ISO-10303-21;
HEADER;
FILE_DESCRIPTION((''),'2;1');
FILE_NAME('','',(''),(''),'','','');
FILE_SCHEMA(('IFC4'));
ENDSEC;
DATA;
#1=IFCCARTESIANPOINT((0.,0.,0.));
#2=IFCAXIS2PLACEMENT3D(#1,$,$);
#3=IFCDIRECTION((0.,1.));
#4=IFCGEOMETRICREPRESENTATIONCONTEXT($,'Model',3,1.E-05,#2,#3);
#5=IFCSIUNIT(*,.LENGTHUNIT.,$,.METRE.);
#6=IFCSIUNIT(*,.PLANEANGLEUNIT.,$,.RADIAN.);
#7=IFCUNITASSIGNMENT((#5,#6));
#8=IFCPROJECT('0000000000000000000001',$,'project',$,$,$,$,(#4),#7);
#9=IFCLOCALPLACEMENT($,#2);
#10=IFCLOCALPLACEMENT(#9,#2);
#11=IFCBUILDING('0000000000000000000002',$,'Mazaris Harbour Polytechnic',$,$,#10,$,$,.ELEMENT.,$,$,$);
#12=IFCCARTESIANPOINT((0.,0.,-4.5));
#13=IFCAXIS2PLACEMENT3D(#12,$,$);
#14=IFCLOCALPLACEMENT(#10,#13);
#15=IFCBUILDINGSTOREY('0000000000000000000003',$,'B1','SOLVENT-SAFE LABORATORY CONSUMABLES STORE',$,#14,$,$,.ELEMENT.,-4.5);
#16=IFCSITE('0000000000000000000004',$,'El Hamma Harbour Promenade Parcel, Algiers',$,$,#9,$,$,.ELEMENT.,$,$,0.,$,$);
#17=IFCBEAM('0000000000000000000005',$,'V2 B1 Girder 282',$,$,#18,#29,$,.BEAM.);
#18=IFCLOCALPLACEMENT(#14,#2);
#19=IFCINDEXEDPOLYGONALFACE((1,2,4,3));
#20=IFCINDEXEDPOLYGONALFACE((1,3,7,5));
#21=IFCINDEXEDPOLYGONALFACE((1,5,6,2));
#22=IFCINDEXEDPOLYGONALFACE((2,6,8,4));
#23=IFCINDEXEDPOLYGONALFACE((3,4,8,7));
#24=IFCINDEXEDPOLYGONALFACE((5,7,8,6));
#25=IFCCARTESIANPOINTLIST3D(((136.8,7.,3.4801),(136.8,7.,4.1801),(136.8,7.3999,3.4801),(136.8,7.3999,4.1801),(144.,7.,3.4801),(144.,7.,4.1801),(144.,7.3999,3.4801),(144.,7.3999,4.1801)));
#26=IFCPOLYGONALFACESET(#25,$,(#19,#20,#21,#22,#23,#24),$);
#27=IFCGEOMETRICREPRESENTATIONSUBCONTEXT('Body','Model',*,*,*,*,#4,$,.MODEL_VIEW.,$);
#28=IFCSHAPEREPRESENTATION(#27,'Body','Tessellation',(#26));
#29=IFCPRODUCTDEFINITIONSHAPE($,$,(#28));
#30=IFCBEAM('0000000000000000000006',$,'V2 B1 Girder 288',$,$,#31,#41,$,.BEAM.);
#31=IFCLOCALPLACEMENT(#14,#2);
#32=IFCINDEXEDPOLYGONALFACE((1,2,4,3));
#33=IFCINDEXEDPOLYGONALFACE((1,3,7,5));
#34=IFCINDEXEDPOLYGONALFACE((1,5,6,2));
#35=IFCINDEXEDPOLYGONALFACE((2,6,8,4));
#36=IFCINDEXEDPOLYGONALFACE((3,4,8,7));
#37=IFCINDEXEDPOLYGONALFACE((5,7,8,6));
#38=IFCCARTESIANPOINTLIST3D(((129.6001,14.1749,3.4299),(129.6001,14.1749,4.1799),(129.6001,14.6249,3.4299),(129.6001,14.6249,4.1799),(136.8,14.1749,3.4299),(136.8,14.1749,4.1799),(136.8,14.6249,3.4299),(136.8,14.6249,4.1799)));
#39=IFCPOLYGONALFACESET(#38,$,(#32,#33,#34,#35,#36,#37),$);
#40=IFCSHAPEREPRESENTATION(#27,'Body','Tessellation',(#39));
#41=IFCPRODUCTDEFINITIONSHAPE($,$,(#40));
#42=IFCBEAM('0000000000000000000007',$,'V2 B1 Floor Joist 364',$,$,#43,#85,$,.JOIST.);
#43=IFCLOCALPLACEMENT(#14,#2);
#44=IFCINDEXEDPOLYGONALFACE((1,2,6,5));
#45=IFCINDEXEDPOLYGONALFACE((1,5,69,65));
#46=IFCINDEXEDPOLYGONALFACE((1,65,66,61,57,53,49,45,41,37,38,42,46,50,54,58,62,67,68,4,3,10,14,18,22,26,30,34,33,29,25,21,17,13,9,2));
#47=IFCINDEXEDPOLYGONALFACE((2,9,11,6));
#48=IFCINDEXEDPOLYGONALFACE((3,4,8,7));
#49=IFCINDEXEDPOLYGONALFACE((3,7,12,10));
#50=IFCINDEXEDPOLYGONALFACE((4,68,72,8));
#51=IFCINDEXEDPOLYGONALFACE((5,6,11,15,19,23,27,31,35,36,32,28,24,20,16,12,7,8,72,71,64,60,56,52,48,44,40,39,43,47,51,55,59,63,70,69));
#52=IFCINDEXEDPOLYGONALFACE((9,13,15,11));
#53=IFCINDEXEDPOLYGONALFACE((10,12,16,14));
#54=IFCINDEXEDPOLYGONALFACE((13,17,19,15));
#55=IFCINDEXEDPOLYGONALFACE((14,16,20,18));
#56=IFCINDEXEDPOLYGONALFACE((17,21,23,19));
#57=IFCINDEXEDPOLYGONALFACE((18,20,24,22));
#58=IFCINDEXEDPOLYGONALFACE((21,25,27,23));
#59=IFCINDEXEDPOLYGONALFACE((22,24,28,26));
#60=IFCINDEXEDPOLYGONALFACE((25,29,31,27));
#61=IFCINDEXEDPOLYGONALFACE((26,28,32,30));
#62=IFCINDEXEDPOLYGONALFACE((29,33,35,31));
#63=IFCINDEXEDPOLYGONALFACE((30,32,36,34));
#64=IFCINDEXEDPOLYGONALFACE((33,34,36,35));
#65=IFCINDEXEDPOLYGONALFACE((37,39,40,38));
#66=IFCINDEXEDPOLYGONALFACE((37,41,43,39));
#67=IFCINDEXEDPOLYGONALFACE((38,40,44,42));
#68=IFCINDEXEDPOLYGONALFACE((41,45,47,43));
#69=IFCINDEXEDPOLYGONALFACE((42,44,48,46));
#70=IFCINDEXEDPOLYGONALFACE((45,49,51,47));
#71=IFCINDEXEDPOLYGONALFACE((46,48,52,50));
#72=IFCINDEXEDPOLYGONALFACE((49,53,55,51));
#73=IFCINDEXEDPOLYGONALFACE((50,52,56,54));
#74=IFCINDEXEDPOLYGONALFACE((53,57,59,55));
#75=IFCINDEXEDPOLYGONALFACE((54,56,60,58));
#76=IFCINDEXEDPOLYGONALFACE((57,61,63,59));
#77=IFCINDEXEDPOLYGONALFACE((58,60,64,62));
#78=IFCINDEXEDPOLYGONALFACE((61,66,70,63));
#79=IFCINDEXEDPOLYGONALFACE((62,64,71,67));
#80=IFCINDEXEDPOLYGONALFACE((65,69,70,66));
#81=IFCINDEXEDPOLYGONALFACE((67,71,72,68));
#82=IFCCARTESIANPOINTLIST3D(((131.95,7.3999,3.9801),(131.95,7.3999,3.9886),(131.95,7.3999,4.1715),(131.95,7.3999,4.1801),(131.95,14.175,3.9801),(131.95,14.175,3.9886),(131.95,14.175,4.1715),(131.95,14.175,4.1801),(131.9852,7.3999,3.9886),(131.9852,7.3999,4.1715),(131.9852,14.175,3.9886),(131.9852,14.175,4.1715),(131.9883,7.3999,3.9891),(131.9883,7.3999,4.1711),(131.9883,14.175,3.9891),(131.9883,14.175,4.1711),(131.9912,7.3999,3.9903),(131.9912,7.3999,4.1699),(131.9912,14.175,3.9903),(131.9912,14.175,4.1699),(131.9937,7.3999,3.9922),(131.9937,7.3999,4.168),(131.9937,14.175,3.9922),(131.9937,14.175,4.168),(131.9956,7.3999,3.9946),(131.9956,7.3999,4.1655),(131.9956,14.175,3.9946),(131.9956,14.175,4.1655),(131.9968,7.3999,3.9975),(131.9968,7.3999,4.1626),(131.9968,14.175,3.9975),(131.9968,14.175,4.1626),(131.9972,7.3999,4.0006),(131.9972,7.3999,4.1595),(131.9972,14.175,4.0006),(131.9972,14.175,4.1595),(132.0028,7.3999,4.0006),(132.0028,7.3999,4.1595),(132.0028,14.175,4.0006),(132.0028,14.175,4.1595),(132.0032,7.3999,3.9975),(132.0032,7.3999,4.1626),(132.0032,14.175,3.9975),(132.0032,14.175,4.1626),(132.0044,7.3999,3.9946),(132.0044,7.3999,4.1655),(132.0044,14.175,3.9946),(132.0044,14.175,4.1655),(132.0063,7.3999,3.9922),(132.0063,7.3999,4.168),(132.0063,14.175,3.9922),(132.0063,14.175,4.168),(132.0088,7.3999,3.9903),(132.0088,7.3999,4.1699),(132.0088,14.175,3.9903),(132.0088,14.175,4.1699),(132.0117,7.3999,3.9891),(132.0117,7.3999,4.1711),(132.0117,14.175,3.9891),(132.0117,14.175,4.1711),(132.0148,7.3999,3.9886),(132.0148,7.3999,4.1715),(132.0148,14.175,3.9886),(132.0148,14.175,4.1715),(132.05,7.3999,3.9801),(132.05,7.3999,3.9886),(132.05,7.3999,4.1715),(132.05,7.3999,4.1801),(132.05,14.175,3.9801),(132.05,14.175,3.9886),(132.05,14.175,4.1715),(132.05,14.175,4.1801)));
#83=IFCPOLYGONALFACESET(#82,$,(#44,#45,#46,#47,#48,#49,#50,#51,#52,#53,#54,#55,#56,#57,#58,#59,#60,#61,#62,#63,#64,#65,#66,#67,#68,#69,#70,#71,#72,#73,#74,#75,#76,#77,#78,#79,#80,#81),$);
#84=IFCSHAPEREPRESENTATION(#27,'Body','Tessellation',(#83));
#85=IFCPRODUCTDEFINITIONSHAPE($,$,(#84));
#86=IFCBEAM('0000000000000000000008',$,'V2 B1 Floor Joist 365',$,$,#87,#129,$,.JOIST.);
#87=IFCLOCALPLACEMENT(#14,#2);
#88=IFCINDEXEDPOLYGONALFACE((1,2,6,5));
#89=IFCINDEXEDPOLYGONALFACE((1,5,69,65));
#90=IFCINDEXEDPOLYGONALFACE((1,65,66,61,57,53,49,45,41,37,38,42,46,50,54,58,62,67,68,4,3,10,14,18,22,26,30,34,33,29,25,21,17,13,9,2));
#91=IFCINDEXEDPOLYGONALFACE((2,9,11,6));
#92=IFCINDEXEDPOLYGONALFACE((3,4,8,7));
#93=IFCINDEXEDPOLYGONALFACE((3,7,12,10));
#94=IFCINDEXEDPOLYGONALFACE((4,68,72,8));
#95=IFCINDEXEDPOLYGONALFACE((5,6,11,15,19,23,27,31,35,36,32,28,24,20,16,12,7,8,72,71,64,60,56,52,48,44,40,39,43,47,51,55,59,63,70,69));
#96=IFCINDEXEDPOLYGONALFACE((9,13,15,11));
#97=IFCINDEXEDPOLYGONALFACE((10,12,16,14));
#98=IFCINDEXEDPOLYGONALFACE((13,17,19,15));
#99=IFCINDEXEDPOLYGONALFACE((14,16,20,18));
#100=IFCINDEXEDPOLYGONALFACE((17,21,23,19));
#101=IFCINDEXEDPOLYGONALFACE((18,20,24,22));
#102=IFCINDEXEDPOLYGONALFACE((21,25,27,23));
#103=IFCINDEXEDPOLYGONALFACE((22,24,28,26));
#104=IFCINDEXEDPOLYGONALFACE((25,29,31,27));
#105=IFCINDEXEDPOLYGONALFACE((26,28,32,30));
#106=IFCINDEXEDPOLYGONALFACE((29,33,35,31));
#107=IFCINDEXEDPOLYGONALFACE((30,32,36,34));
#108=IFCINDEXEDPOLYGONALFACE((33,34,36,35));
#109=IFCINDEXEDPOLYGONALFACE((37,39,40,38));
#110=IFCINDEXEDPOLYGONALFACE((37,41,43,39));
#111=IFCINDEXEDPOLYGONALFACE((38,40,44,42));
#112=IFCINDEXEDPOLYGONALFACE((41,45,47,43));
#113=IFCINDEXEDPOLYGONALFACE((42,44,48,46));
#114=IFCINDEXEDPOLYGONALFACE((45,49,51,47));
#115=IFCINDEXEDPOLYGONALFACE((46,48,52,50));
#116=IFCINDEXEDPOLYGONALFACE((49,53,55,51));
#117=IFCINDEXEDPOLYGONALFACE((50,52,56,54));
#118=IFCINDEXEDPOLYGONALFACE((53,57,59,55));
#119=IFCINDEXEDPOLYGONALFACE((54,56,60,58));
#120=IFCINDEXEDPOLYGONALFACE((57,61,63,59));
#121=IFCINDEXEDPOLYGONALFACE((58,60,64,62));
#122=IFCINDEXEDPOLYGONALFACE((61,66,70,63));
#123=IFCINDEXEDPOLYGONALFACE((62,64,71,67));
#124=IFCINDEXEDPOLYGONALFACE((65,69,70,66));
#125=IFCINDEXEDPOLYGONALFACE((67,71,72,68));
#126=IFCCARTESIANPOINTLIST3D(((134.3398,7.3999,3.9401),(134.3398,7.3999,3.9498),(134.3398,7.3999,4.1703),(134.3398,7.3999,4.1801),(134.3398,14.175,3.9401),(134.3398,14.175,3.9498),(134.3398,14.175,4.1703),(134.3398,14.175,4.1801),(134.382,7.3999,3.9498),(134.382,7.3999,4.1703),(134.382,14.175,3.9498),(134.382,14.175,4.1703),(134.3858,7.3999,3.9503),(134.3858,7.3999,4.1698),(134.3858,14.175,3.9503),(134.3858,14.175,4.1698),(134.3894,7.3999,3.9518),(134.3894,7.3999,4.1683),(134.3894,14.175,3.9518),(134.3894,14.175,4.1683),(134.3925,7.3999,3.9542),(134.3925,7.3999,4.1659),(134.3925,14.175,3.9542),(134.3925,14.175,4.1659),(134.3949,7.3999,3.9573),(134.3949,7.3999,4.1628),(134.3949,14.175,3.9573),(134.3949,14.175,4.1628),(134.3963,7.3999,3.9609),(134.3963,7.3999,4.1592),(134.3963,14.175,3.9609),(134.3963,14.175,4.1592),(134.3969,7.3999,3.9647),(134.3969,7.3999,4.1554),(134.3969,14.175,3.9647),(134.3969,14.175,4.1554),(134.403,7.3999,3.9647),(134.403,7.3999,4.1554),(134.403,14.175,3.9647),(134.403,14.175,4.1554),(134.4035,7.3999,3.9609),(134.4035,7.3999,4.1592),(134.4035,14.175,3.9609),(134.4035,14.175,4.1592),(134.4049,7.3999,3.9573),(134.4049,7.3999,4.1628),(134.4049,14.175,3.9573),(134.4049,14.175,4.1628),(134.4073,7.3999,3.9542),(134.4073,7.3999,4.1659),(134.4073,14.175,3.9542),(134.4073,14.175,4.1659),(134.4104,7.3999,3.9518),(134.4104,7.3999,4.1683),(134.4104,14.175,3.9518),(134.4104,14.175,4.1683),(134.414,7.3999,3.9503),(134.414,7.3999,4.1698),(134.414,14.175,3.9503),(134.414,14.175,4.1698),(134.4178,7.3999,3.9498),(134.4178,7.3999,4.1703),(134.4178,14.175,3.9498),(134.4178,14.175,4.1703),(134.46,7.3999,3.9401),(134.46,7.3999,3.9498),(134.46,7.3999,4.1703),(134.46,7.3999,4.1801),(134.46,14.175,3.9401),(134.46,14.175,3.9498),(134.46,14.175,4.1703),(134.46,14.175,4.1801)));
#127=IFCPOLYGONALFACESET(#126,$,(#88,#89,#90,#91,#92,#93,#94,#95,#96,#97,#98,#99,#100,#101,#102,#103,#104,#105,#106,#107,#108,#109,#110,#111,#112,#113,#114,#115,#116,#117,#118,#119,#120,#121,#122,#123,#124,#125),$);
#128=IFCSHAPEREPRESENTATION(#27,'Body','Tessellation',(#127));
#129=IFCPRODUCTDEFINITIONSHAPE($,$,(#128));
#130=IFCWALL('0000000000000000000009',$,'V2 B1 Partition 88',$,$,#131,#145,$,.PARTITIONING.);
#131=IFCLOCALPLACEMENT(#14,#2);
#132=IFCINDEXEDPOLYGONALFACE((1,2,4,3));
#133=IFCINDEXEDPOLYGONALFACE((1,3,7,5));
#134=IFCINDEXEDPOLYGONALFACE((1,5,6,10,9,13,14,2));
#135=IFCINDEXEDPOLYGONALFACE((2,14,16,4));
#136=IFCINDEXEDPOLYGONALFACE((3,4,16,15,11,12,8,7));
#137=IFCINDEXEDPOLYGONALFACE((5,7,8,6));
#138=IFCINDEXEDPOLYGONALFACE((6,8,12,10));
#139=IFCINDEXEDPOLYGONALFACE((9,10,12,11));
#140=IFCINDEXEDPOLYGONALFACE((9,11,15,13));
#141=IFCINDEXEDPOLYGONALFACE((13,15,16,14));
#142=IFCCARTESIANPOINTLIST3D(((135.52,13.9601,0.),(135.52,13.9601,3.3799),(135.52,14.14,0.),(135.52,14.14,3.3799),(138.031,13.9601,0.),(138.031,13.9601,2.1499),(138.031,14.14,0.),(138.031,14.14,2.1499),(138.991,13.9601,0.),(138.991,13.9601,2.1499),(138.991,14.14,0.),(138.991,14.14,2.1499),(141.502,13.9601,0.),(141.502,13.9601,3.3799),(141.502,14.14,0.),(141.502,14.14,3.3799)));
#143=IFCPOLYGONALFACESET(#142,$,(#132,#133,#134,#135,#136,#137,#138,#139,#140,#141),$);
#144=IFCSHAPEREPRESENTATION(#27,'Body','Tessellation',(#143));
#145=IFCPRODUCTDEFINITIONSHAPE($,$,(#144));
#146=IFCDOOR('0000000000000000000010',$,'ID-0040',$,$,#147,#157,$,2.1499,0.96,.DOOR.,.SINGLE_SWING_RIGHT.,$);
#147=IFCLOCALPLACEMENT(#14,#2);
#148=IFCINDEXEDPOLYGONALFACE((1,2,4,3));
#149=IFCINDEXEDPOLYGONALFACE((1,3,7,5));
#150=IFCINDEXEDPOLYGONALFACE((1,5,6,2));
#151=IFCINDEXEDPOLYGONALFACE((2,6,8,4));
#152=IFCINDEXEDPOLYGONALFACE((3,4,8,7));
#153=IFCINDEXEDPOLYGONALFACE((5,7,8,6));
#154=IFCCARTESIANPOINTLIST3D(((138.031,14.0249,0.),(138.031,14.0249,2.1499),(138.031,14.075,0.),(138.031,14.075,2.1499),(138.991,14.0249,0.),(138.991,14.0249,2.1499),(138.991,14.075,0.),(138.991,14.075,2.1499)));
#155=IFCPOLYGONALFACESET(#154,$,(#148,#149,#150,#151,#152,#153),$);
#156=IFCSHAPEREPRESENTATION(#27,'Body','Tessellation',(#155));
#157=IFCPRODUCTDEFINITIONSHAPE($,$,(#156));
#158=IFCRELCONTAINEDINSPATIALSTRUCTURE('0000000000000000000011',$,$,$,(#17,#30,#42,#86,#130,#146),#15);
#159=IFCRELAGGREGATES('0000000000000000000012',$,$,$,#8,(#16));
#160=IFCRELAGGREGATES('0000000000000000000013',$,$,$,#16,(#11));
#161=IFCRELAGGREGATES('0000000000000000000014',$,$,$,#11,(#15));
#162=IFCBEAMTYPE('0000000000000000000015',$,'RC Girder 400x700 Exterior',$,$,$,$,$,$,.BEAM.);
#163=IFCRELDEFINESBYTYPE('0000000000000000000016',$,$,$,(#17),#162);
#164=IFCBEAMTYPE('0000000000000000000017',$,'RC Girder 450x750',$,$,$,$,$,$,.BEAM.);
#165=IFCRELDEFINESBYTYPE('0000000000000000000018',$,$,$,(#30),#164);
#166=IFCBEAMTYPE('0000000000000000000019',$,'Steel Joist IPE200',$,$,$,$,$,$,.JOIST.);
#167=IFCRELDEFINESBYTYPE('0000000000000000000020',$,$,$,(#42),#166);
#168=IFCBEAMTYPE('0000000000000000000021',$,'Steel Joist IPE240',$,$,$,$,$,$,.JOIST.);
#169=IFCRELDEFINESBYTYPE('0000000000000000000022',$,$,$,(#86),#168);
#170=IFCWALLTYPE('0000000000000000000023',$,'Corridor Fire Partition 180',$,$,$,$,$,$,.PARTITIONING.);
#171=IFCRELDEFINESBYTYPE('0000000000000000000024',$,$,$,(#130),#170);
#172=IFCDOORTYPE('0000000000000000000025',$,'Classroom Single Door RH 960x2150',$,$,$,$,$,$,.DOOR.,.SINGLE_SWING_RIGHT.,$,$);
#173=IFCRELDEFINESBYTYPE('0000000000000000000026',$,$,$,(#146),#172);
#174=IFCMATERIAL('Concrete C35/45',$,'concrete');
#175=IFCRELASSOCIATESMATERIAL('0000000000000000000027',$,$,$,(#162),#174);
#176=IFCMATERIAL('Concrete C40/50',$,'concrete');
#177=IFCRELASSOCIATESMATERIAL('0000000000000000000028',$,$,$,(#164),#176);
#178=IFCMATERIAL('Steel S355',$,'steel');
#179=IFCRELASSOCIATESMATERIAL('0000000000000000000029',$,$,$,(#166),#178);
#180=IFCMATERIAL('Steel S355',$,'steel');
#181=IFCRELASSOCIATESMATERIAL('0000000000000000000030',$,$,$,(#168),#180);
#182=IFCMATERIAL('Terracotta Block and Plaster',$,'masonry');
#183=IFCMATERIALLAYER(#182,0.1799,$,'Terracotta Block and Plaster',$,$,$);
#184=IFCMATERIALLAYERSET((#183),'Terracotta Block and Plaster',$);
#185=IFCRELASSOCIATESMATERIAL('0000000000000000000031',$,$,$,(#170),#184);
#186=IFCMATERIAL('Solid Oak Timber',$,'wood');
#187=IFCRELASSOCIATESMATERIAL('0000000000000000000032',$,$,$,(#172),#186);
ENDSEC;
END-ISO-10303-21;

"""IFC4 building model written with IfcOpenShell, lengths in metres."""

from ifc_helpers import new_model, si_unit, direction, frame, frame_2d, origin, origin_2d, place, context, subcontext, project, spatial, rectangle, i_section, extrude, material, layer, layer_set, material_profile, profile_set, type_object, element, fill, save


model = new_model("IFC4")

# Units and contexts
model_context = context("Model", 3, precision=1e-05, world=origin(), true_north=direction((0.0, 1.0)))
body_context = subcontext(model_context, "Body", "Model", "MODEL_VIEW")
ifc_project = project(units=[si_unit("LENGTHUNIT", "METRE"), si_unit("PLANEANGLEUNIT", "RADIAN")], contexts=[model_context])

# Site, building, storey
site_placement = place(None, origin())
site = spatial("IfcSite", under=ifc_project, at=site_placement, Name="El Hamma Harbour Promenade Parcel, Algiers", CompositionType="ELEMENT", RefElevation=0.0)
building_placement = place(site_placement, origin())
building = spatial("IfcBuilding", under=site, at=building_placement, Name="Mazaris Harbour Polytechnic", CompositionType="ELEMENT")
storey_placement = place(building_placement, frame((0.0, 0.0, -4.5)))
storey = spatial("IfcBuildingStorey", under=building, at=storey_placement, Name="B1", Description="SOLVENT-SAFE LABORATORY CONSUMABLES STORE", CompositionType="ELEMENT", Elevation=-4.5)

# Beams
ifc_material_1 = material(Name="Concrete C35/45", Category="concrete")
ifc_material_profile_1 = material_profile(ifc_material_1, rectangle(XDim=0.3999, YDim=0.7, at=origin_2d()), Name="RECT400x700")
ifc_profile_set_1 = profile_set([ifc_material_profile_1], Name="Concrete C35/45")
beam_type_1 = type_object("IfcBeamType", Name="RC Girder 400x700 Exterior", PredefinedType="BEAM", material=ifc_profile_set_1)
beam_1_placement = place(storey_placement, frame((136.8, 7.2, 3.8301), z_axis=(1.0, 0.0, 0.0), x_axis=(0.0, 1.0, 0.0)))
element("IfcBeam", 1, at=beam_1_placement, inside=storey, type_object=beam_type_1, Name="V2 B1 Girder 282", PredefinedType="BEAM", context=body_context, shape_type="SweptSolid", body=[
    extrude(rectangle(XDim=0.3999, YDim=0.7, at=origin_2d()), origin(), (0.0, 0.0, 1.0), 7.2),
])
ifc_material_2 = material(Name="Concrete C40/50", Category="concrete")
ifc_material_profile_2 = material_profile(ifc_material_2, rectangle(XDim=0.45, YDim=0.75, at=origin_2d()), Name="RECT450x750")
ifc_profile_set_2 = profile_set([ifc_material_profile_2], Name="Concrete C40/50")
beam_type_2 = type_object("IfcBeamType", Name="RC Girder 450x750", PredefinedType="BEAM", material=ifc_profile_set_2)
beam_2_placement = place(storey_placement, frame((129.6001, 14.3999, 3.8049), z_axis=(1.0, 0.0, 0.0), x_axis=(0.0, 1.0, 0.0)))
element("IfcBeam", 2, at=beam_2_placement, inside=storey, type_object=beam_type_2, Name="V2 B1 Girder 288", PredefinedType="BEAM", context=body_context, shape_type="SweptSolid", body=[
    extrude(rectangle(XDim=0.45, YDim=0.75, at=origin_2d()), origin(), (0.0, 0.0, 1.0), 7.2),
])
ifc_material_3 = material(Name="Steel S355", Category="steel")
ifc_material_profile_3 = material_profile(ifc_material_3, i_section(OverallWidth=0.1001, OverallDepth=0.2, WebThickness=0.0056, FlangeThickness=0.0085, FilletRadius=0.012, at=origin_2d()), Name="IPE 200")
ifc_profile_set_3 = profile_set([ifc_material_profile_3], Name="Steel S355")
beam_type_3 = type_object("IfcBeamType", Name="Steel Joist IPE200", PredefinedType="JOIST", material=ifc_profile_set_3)
beam_3_placement = place(storey_placement, frame((132.0, 7.3999, 4.0801), z_axis=(0.0, 1.0, 0.0), x_axis=(-1.0, 0.0, 0.0)))
element("IfcBeam", 3, at=beam_3_placement, inside=storey, type_object=beam_type_3, Name="V2 B1 Floor Joist 364", PredefinedType="JOIST", context=body_context, shape_type="SweptSolid", body=[
    extrude(i_section(OverallWidth=0.1001, OverallDepth=0.2, WebThickness=0.0056, FlangeThickness=0.0085, FilletRadius=0.012, at=origin_2d()), origin(), (0.0, 0.0, 1.0), 6.7751),
])
ifc_material_4 = material(Name="Steel S355", Category="steel")
ifc_material_profile_4 = material_profile(ifc_material_4, i_section(OverallWidth=0.1201, OverallDepth=0.24, WebThickness=0.0061, FlangeThickness=0.0098, FilletRadius=0.0149, at=origin_2d()), Name="IPE 240")
ifc_profile_set_4 = profile_set([ifc_material_profile_4], Name="Steel S355")
beam_type_4 = type_object("IfcBeamType", Name="Steel Joist IPE240", PredefinedType="JOIST", material=ifc_profile_set_4)
beam_4_placement = place(storey_placement, frame((134.3999, 7.3999, 4.0601), z_axis=(0.0, 1.0, 0.0), x_axis=(-1.0, 0.0, 0.0)))
element("IfcBeam", 4, at=beam_4_placement, inside=storey, type_object=beam_type_4, Name="V2 B1 Floor Joist 365", PredefinedType="JOIST", context=body_context, shape_type="SweptSolid", body=[
    extrude(i_section(OverallWidth=0.1201, OverallDepth=0.24, WebThickness=0.0061, FlangeThickness=0.0098, FilletRadius=0.0149, at=origin_2d()), origin(), (0.0, 0.0, 1.0), 6.7751),
])

# Wall, opening, door
ifc_material_5 = material(Name="Terracotta Block and Plaster", Category="masonry")
ifc_layer_1 = layer(ifc_material_5, 0.1799, Name="Terracotta Block and Plaster")
ifc_layer_set_1 = layer_set([ifc_layer_1], Name="Terracotta Block and Plaster")
wall_type_1 = type_object("IfcWallType", Name="Corridor Fire Partition 180", PredefinedType="PARTITIONING", material=ifc_layer_set_1)
wall_1_placement = place(storey_placement, frame((135.52, 14.05, 0.0), z_axis=(0.0, 0.0, 1.0), x_axis=(1.0, 0.0, 0.0)))
wall_1 = element("IfcWall", 5, at=wall_1_placement, inside=storey, type_object=wall_type_1, Name="V2 B1 Partition 88", PredefinedType="PARTITIONING", context=body_context, shape_type="SweptSolid", body=[
    extrude(rectangle(XDim=5.9819, YDim=0.1799, at=frame_2d((2.991, 0.0))), origin(), (0.0, 0.0, 1.0), 3.3799),
])
opening_1_placement = place(wall_1_placement, frame((2.511, 0.0, 0.0)))
opening_1 = element("IfcOpeningElement", 6, at=opening_1_placement, cuts=wall_1, PredefinedType="OPENING", context=body_context, shape_type="SweptSolid", body=[
    extrude(rectangle(XDim=0.96, YDim=2.1499, at=frame_2d((0.48, 1.075))), frame((0.0, 0.0999, 0.0), z_axis=(0.0, -1.0, 0.0), x_axis=(1.0, 0.0, 0.0)), (0.0, 0.0, 1.0), 0.2),
])
ifc_material_6 = material(Name="Solid Oak Timber", Category="wood")
door_type_1 = type_object("IfcDoorType", Name="Classroom Single Door RH 960x2150", OperationType="SINGLE_SWING_RIGHT", PredefinedType="DOOR", material=ifc_material_6)
door_1_placement = place(opening_1_placement, origin())
door_1 = element("IfcDoor", 7, at=door_1_placement, inside=storey, type_object=door_type_1, Name="ID-0040", OperationType="SINGLE_SWING_RIGHT", OverallHeight=2.1499, OverallWidth=0.96, PredefinedType="DOOR", context=body_context, shape_type="SweptSolid", body=[
    extrude(rectangle(XDim=0.96, YDim=2.1499, at=frame_2d((0.48, 1.075))), frame((0.0, 0.0249, 0.0), z_axis=(0.0, -1.0, 0.0), x_axis=(1.0, 0.0, 0.0)), (0.0, 0.0, 1.0), 0.05),
])
fill(opening_1, door_1)

save(model, "model.ifc")
